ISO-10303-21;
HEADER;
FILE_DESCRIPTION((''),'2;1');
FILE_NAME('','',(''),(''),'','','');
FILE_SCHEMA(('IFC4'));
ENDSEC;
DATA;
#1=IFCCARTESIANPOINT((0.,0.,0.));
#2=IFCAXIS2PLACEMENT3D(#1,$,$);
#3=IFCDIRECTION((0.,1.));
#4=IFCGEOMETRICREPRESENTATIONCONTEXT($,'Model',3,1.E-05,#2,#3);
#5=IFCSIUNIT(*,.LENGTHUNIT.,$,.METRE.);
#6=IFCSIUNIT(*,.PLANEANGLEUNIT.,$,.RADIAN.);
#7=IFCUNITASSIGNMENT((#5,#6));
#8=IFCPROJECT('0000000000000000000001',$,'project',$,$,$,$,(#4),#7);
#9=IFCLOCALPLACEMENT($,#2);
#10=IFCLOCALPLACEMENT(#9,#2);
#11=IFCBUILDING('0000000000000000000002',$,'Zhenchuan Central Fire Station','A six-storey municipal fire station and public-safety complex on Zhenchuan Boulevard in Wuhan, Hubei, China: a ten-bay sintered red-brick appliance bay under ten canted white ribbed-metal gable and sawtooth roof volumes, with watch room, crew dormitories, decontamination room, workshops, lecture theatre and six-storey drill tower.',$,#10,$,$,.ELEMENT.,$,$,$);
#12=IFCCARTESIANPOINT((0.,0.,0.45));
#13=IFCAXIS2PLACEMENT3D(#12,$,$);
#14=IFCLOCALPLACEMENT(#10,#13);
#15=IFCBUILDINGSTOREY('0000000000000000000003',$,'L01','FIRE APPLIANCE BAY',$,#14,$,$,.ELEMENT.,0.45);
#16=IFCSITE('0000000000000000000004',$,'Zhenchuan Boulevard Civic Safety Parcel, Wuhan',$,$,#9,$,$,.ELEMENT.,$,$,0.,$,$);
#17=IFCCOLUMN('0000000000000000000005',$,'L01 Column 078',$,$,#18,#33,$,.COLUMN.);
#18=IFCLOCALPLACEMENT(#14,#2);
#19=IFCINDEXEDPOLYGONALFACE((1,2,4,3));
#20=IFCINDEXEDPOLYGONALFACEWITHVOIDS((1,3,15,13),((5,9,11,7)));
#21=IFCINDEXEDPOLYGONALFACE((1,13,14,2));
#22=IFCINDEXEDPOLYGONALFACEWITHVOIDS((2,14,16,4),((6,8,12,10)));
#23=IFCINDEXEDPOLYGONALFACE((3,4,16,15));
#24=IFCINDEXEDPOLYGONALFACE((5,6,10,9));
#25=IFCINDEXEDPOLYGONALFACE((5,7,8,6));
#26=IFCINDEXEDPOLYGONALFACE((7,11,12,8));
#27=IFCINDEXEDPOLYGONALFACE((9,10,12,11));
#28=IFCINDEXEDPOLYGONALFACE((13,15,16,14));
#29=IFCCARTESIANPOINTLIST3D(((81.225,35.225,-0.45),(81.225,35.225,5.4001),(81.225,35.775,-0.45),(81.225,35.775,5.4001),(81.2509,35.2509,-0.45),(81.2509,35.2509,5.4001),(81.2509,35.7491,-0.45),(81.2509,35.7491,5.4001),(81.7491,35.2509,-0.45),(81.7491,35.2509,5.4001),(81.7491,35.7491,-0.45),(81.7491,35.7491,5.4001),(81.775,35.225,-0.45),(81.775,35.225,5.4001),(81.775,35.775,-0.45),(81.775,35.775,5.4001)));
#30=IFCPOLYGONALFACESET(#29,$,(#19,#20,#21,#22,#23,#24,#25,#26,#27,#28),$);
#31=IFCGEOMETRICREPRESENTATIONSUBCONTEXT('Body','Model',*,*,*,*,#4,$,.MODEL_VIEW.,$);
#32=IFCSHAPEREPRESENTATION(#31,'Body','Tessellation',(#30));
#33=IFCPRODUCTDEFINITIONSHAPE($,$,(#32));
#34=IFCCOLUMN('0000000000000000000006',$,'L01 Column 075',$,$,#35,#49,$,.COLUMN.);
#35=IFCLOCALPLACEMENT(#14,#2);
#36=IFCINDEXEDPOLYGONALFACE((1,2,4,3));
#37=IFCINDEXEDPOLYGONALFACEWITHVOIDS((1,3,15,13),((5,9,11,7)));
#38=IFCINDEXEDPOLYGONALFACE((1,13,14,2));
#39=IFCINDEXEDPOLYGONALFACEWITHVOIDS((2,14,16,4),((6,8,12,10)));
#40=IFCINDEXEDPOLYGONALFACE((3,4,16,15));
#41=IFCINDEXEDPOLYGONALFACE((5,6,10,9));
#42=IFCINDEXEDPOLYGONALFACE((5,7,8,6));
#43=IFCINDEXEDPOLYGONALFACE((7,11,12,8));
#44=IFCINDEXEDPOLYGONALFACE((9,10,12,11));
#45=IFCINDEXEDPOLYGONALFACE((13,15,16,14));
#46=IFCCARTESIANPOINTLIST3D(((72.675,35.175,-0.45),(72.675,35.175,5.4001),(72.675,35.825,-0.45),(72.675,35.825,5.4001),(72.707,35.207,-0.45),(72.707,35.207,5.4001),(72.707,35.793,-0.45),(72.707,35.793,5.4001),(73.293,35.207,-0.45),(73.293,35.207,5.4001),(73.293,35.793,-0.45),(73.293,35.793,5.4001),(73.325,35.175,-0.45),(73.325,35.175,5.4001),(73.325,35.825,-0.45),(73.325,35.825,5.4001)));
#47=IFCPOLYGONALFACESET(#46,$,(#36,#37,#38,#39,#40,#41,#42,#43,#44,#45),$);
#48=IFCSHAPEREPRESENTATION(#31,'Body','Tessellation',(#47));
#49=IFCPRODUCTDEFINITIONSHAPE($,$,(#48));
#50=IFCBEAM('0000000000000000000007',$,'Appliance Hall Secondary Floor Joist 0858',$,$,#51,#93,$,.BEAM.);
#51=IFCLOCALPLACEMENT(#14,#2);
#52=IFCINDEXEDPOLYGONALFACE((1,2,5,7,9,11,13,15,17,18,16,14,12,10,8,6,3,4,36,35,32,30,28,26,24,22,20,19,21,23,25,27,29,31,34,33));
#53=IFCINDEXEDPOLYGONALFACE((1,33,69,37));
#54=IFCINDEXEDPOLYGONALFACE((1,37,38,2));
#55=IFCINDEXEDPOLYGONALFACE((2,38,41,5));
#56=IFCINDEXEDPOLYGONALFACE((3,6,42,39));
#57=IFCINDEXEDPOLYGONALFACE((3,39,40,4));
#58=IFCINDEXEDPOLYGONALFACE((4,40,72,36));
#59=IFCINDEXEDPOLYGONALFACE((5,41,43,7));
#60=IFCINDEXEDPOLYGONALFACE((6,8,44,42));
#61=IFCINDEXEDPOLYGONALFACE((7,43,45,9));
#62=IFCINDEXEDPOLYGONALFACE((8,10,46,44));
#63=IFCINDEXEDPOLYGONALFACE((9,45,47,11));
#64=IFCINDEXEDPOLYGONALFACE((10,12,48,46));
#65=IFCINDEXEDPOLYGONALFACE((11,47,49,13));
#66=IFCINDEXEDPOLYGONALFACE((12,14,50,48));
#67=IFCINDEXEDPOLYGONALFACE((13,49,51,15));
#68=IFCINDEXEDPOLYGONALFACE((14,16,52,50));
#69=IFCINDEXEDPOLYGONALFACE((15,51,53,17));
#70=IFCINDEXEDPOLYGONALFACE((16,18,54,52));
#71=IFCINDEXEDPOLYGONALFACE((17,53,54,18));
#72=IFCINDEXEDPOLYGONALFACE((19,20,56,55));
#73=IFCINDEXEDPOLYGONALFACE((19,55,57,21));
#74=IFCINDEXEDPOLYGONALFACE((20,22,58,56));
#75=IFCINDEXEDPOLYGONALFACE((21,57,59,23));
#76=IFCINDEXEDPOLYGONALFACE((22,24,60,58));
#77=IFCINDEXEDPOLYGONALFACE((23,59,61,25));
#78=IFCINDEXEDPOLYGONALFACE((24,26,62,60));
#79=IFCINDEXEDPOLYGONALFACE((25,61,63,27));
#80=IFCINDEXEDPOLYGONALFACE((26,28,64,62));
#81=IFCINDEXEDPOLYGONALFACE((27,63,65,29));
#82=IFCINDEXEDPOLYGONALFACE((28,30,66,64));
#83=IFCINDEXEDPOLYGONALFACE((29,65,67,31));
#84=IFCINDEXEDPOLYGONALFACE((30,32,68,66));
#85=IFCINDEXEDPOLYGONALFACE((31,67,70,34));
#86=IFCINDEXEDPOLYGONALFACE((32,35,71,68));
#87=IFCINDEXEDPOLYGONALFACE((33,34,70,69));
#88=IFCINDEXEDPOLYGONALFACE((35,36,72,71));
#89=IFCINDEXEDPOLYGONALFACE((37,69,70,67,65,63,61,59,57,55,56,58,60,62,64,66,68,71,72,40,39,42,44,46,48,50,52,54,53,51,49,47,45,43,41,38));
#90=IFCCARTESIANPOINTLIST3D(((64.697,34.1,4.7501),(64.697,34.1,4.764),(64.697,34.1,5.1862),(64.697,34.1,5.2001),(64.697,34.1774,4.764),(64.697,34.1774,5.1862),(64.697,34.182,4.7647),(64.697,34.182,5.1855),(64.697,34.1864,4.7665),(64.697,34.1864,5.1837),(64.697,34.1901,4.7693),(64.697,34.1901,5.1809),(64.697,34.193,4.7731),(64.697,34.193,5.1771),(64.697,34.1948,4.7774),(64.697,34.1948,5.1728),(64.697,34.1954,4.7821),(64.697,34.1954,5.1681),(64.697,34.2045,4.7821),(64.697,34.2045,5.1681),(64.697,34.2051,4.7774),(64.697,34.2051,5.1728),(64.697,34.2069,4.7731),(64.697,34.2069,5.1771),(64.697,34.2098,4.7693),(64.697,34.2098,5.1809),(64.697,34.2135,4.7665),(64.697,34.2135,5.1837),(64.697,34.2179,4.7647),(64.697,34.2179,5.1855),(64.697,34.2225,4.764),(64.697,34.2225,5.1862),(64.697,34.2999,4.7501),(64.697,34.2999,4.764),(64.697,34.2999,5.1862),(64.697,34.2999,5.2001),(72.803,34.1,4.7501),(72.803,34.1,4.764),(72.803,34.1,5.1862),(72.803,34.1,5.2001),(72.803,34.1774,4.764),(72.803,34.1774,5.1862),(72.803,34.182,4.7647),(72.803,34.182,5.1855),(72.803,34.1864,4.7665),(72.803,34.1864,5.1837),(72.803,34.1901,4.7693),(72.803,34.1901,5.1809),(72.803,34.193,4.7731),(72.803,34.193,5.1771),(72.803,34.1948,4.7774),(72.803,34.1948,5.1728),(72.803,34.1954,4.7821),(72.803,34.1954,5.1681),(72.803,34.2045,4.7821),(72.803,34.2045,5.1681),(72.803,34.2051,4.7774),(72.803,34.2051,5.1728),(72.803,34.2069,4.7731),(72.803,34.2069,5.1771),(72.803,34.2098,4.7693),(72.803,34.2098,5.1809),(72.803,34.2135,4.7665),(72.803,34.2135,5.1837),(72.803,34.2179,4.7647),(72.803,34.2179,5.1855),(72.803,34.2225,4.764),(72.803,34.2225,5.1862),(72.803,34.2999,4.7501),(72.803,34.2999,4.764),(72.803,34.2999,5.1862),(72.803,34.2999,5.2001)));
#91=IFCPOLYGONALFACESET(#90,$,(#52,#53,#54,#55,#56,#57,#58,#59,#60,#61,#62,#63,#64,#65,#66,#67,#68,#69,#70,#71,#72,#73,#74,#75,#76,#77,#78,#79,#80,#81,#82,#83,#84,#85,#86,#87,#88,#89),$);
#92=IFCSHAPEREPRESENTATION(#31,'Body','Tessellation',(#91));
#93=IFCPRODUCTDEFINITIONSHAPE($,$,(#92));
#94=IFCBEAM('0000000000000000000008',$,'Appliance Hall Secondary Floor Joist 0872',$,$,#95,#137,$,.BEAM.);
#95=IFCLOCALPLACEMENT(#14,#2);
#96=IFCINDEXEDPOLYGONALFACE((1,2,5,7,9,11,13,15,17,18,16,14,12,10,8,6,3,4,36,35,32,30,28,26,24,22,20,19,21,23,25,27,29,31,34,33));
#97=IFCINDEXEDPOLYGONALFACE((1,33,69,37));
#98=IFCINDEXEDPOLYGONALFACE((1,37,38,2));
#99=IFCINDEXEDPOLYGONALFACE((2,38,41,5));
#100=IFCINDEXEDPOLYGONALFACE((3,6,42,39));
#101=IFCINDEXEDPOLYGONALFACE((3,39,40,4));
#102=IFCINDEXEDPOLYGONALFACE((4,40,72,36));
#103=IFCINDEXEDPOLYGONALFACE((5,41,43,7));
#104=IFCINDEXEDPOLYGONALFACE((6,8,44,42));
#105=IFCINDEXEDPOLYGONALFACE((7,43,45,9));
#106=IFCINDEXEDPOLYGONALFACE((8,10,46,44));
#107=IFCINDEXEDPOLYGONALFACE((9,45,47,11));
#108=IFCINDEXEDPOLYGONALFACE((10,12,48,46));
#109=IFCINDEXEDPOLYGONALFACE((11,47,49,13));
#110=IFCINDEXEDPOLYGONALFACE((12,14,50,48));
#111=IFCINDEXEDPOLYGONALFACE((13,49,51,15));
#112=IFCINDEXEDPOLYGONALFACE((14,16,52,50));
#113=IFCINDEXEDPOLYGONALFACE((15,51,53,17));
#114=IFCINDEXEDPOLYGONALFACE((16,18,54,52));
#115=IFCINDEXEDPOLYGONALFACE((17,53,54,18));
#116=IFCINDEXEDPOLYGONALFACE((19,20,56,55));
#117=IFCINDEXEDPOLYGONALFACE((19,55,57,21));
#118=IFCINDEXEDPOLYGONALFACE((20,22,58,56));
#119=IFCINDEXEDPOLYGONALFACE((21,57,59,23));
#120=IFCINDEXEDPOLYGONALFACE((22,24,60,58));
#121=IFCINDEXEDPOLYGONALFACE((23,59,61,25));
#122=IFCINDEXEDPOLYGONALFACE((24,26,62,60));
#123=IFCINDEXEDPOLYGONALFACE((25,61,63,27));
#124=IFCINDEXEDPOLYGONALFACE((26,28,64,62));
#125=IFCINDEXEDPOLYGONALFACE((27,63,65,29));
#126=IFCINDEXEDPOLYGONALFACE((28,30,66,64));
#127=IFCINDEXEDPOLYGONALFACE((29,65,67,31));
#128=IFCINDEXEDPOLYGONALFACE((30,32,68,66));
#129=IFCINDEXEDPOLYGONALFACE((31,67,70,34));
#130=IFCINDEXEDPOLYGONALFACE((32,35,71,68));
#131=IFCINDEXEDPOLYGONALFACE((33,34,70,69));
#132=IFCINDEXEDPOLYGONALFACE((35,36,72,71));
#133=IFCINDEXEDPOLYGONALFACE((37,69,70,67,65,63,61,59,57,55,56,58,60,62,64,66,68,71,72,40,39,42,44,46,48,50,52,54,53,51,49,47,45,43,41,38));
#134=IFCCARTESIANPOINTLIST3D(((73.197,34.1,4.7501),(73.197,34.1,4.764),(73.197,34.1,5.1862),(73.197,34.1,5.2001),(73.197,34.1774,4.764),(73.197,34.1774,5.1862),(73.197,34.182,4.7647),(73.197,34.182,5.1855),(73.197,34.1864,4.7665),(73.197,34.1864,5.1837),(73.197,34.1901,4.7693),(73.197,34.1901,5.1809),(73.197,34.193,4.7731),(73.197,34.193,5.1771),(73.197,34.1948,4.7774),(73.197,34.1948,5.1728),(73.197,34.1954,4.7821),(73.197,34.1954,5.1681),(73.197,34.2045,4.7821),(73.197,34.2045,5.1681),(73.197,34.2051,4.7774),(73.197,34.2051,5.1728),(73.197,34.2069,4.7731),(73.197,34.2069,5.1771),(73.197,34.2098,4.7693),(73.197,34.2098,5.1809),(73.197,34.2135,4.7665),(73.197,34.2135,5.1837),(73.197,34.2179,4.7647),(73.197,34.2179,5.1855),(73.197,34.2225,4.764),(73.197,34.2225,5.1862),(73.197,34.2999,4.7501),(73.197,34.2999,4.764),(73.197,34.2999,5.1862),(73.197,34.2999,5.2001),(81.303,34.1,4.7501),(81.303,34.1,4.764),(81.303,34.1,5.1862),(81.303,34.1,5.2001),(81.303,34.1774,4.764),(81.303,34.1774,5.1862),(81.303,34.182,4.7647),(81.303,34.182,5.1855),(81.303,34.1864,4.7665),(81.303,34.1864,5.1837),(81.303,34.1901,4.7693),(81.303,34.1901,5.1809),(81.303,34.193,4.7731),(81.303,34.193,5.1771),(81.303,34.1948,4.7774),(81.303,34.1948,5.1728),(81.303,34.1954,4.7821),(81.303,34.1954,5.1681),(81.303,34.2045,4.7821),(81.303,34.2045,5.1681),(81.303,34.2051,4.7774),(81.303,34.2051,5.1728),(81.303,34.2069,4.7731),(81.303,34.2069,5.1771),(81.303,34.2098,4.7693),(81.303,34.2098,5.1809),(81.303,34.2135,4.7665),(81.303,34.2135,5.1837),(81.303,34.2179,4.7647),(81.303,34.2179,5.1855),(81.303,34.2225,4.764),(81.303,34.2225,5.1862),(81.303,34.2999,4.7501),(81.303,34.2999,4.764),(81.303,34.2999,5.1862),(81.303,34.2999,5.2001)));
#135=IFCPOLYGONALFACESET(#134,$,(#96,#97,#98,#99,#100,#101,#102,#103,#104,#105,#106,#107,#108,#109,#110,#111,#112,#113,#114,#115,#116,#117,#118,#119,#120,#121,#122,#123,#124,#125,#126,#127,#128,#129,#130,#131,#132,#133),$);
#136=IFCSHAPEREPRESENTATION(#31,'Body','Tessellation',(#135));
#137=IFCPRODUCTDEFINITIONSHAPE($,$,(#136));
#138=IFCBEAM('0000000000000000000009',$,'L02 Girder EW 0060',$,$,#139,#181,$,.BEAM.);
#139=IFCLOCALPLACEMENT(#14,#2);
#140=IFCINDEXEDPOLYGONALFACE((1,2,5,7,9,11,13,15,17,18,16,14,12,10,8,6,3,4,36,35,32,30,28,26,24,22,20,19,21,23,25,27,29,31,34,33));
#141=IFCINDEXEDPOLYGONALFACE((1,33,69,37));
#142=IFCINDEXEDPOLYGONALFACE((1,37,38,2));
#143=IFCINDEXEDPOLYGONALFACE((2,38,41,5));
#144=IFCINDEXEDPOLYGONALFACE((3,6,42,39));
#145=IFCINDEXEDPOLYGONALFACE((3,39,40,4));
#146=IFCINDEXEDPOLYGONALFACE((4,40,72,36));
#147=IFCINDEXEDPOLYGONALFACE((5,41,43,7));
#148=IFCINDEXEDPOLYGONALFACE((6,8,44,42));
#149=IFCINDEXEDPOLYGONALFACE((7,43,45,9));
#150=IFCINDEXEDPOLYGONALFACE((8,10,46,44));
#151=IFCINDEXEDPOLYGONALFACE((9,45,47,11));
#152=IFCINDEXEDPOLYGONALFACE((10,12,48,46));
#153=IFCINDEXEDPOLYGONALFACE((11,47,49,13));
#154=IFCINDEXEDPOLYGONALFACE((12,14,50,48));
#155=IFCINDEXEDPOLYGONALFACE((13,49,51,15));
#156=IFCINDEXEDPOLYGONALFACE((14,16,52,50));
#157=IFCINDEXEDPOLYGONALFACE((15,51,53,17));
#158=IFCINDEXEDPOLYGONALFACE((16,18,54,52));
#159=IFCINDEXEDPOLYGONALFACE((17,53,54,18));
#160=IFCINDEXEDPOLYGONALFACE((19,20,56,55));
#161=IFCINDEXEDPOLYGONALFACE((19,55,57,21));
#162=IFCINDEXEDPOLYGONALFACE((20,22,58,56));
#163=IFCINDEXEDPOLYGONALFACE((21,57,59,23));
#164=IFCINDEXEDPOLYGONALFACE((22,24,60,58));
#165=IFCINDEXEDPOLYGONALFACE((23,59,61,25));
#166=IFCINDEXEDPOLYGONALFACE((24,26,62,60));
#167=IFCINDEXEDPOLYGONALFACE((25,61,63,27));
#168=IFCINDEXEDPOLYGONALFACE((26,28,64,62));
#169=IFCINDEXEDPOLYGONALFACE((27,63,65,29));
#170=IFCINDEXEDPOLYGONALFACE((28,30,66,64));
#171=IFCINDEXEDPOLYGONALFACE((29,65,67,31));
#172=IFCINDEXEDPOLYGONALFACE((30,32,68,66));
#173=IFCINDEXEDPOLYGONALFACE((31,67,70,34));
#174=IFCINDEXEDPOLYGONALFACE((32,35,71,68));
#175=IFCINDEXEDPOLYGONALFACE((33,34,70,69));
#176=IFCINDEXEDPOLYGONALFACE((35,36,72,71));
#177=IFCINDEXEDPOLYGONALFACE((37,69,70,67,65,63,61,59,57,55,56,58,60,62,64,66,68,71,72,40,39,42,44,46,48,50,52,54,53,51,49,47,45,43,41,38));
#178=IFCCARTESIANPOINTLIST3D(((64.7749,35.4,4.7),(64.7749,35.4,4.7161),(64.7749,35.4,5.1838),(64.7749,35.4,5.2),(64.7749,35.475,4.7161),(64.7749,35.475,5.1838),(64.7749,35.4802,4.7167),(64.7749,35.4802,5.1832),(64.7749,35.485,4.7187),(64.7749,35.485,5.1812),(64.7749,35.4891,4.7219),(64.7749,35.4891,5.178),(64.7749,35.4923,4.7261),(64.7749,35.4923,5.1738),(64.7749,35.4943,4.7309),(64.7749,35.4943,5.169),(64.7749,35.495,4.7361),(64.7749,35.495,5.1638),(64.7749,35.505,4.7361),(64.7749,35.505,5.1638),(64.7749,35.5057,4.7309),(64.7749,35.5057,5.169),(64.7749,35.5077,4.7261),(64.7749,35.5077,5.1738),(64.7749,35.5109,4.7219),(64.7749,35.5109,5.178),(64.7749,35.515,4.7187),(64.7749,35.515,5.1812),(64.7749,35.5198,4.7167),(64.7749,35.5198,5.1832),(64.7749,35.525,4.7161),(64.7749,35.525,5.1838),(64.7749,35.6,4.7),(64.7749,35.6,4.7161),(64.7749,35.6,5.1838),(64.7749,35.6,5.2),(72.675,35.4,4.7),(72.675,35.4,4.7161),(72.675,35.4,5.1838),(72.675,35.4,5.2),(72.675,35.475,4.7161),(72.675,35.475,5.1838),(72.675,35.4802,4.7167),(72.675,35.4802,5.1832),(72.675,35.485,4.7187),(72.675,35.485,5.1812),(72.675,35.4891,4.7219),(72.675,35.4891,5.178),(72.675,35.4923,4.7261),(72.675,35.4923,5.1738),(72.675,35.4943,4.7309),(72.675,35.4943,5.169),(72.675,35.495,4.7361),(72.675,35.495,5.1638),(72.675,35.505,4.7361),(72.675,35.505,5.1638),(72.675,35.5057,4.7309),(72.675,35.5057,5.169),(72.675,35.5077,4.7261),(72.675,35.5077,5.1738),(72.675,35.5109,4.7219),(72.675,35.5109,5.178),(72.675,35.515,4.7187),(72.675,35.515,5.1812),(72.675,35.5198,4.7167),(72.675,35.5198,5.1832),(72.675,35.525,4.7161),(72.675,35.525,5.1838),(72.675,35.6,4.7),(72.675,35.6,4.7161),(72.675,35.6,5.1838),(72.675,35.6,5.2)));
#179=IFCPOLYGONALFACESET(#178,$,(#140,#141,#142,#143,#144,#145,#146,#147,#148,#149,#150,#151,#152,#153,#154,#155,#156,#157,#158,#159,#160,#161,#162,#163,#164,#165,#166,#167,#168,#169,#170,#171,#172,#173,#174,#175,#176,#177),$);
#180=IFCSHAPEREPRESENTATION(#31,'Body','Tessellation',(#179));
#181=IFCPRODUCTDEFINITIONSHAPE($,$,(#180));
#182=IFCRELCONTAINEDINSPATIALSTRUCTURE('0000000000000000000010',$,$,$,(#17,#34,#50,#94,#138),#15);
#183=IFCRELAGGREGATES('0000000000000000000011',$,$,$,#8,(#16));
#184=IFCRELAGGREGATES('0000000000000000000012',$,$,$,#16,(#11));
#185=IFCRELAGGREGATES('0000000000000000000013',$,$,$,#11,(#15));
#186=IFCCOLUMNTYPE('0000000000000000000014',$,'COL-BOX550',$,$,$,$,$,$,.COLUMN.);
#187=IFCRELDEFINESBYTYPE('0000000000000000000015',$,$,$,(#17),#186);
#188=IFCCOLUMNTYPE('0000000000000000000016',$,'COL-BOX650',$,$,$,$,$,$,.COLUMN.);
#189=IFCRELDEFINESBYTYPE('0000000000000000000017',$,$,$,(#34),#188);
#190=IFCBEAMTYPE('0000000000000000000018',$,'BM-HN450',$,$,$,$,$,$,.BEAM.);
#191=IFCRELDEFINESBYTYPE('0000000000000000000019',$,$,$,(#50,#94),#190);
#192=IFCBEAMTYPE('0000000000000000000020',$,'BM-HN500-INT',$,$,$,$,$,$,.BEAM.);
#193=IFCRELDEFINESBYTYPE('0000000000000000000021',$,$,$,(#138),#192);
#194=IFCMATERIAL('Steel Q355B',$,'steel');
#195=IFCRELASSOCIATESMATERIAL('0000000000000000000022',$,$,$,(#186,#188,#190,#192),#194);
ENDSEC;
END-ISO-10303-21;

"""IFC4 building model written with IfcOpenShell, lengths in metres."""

from ifc_helpers import new_model, si_unit, direction, frame, origin, origin_2d, place, context, subcontext, project, spatial, hollow_rectangle, i_section, extrude, material, material_profile, profile_set, type_object, element, save


model = new_model("IFC4")

# Units and contexts
model_context = context("Model", 3, precision=1e-05, world=origin(), true_north=direction((0.0, 1.0)))
body_context = subcontext(model_context, "Body", "Model", "MODEL_VIEW")
ifc_project = project(units=[si_unit("LENGTHUNIT", "METRE"), si_unit("PLANEANGLEUNIT", "RADIAN")], contexts=[model_context])

# Site, building, storey
site_placement = place(None, origin())
site = spatial("IfcSite", under=ifc_project, at=site_placement, Name="Zhenchuan Boulevard Civic Safety Parcel, Wuhan", CompositionType="ELEMENT", RefElevation=0.0)
building_placement = place(site_placement, origin())
building = spatial("IfcBuilding", under=site, at=building_placement, Name="Zhenchuan Central Fire Station", Description="A six-storey municipal fire station and public-safety complex on Zhenchuan Boulevard in Wuhan, Hubei, China: a ten-bay sintered red-brick appliance bay under ten canted white ribbed-metal gable and sawtooth roof volumes, with watch room, crew dormitories, decontamination room, workshops, lecture theatre and six-storey drill tower.", CompositionType="ELEMENT")
storey_placement = place(building_placement, frame((0.0, 0.0, 0.45)))
storey = spatial("IfcBuildingStorey", under=building, at=storey_placement, Name="L01", Description="FIRE APPLIANCE BAY", CompositionType="ELEMENT", Elevation=0.45)

# Columns
ifc_material_1 = material(Name="Steel Q355B", Category="steel")
ifc_material_profile_1 = material_profile(ifc_material_1, hollow_rectangle(XDim=0.55, YDim=0.55, WallThickness=0.0259, at=origin_2d()), Name="BOX 550x550x26")
ifc_profile_set_1 = profile_set([ifc_material_profile_1], Name="Steel Q355B")
column_type_1 = type_object("IfcColumnType", Name="COL-BOX550", PredefinedType="COLUMN", material=ifc_profile_set_1)
for number, where, z_axis, x_axis, name in (
    (1, (81.5, 35.5, -0.45), (0.0, 0.0, 1.0), (1.0, 0.0, 0.0), "L01 Column 078"),
):
    element("IfcColumn", number, at=place(storey_placement, frame(where, z_axis=z_axis, x_axis=x_axis)), inside=storey, type_object=column_type_1, Name=name, PredefinedType="COLUMN", context=body_context, shape_type="SweptSolid", body=[
        extrude(hollow_rectangle(XDim=0.55, YDim=0.55, WallThickness=0.0259, at=origin_2d()), origin(), (0.0, 0.0, 1.0), 5.8501),
    ])
ifc_material_profile_2 = material_profile(ifc_material_1, hollow_rectangle(XDim=0.6499, YDim=0.6499, WallThickness=0.032, at=origin_2d()), Name="BOX 650x650x32")
ifc_profile_set_2 = profile_set([ifc_material_profile_2], Name="Steel Q355B")
column_type_2 = type_object("IfcColumnType", Name="COL-BOX650", PredefinedType="COLUMN", material=ifc_profile_set_2)
column_placement = place(storey_placement, frame((73.0, 35.5, -0.45), z_axis=(0.0, 0.0, 1.0), x_axis=(1.0, 0.0, 0.0)))
element("IfcColumn", 2, at=column_placement, inside=storey, type_object=column_type_2, Name="L01 Column 075", PredefinedType="COLUMN", context=body_context, shape_type="SweptSolid", body=[
    extrude(hollow_rectangle(XDim=0.6499, YDim=0.6499, WallThickness=0.032, at=origin_2d()), origin(), (0.0, 0.0, 1.0), 5.8501),
])

# Beams
ifc_material_profile_3 = material_profile(ifc_material_1, i_section(OverallWidth=0.2, OverallDepth=0.45, WebThickness=0.009, FlangeThickness=0.0139, FilletRadius=0.0181, at=origin_2d()), Name="HN 450x200")
ifc_profile_set_3 = profile_set([ifc_material_profile_3], Name="Steel Q355B")
beam_type_1 = type_object("IfcBeamType", Name="BM-HN450", PredefinedType="BEAM", material=ifc_profile_set_3)
for number, where, z_axis, x_axis, name in (
    (3, (64.697, 34.2, 4.9751), (1.0, 0.0, 0.0), (0.0, 1.0, 0.0), "Appliance Hall Secondary Floor Joist 0858"),
    (4, (73.197, 34.2, 4.9751), (1.0, 0.0, 0.0), (0.0, 1.0, 0.0), "Appliance Hall Secondary Floor Joist 0872"),
):
    element("IfcBeam", number, at=place(storey_placement, frame(where, z_axis=z_axis, x_axis=x_axis)), inside=storey, type_object=beam_type_1, Name=name, PredefinedType="BEAM", context=body_context, shape_type="SweptSolid", body=[
        extrude(i_section(OverallWidth=0.2, OverallDepth=0.45, WebThickness=0.009, FlangeThickness=0.0139, FilletRadius=0.0181, at=origin_2d()), origin(), (0.0, 0.0, 1.0), 8.106),
    ])
ifc_material_profile_4 = material_profile(ifc_material_1, i_section(OverallWidth=0.2, OverallDepth=0.5, WebThickness=0.01, FlangeThickness=0.0161, FilletRadius=0.02, at=origin_2d()), Name="HN 500x200")
ifc_profile_set_4 = profile_set([ifc_material_profile_4], Name="Steel Q355B")
beam_type_2 = type_object("IfcBeamType", Name="BM-HN500-INT", PredefinedType="BEAM", material=ifc_profile_set_4)
beam_1_placement = place(storey_placement, frame((64.7749, 35.5, 4.95), z_axis=(1.0, 0.0, 0.0), x_axis=(0.0, 1.0, 0.0)))
element("IfcBeam", 5, at=beam_1_placement, inside=storey, type_object=beam_type_2, Name="L02 Girder EW 0060", PredefinedType="BEAM", context=body_context, shape_type="SweptSolid", body=[
    extrude(i_section(OverallWidth=0.2, OverallDepth=0.5, WebThickness=0.01, FlangeThickness=0.0161, FilletRadius=0.02, at=origin_2d()), origin(), (0.0, 0.0, 1.0), 7.9001),
])

save(model, "model.ifc")
